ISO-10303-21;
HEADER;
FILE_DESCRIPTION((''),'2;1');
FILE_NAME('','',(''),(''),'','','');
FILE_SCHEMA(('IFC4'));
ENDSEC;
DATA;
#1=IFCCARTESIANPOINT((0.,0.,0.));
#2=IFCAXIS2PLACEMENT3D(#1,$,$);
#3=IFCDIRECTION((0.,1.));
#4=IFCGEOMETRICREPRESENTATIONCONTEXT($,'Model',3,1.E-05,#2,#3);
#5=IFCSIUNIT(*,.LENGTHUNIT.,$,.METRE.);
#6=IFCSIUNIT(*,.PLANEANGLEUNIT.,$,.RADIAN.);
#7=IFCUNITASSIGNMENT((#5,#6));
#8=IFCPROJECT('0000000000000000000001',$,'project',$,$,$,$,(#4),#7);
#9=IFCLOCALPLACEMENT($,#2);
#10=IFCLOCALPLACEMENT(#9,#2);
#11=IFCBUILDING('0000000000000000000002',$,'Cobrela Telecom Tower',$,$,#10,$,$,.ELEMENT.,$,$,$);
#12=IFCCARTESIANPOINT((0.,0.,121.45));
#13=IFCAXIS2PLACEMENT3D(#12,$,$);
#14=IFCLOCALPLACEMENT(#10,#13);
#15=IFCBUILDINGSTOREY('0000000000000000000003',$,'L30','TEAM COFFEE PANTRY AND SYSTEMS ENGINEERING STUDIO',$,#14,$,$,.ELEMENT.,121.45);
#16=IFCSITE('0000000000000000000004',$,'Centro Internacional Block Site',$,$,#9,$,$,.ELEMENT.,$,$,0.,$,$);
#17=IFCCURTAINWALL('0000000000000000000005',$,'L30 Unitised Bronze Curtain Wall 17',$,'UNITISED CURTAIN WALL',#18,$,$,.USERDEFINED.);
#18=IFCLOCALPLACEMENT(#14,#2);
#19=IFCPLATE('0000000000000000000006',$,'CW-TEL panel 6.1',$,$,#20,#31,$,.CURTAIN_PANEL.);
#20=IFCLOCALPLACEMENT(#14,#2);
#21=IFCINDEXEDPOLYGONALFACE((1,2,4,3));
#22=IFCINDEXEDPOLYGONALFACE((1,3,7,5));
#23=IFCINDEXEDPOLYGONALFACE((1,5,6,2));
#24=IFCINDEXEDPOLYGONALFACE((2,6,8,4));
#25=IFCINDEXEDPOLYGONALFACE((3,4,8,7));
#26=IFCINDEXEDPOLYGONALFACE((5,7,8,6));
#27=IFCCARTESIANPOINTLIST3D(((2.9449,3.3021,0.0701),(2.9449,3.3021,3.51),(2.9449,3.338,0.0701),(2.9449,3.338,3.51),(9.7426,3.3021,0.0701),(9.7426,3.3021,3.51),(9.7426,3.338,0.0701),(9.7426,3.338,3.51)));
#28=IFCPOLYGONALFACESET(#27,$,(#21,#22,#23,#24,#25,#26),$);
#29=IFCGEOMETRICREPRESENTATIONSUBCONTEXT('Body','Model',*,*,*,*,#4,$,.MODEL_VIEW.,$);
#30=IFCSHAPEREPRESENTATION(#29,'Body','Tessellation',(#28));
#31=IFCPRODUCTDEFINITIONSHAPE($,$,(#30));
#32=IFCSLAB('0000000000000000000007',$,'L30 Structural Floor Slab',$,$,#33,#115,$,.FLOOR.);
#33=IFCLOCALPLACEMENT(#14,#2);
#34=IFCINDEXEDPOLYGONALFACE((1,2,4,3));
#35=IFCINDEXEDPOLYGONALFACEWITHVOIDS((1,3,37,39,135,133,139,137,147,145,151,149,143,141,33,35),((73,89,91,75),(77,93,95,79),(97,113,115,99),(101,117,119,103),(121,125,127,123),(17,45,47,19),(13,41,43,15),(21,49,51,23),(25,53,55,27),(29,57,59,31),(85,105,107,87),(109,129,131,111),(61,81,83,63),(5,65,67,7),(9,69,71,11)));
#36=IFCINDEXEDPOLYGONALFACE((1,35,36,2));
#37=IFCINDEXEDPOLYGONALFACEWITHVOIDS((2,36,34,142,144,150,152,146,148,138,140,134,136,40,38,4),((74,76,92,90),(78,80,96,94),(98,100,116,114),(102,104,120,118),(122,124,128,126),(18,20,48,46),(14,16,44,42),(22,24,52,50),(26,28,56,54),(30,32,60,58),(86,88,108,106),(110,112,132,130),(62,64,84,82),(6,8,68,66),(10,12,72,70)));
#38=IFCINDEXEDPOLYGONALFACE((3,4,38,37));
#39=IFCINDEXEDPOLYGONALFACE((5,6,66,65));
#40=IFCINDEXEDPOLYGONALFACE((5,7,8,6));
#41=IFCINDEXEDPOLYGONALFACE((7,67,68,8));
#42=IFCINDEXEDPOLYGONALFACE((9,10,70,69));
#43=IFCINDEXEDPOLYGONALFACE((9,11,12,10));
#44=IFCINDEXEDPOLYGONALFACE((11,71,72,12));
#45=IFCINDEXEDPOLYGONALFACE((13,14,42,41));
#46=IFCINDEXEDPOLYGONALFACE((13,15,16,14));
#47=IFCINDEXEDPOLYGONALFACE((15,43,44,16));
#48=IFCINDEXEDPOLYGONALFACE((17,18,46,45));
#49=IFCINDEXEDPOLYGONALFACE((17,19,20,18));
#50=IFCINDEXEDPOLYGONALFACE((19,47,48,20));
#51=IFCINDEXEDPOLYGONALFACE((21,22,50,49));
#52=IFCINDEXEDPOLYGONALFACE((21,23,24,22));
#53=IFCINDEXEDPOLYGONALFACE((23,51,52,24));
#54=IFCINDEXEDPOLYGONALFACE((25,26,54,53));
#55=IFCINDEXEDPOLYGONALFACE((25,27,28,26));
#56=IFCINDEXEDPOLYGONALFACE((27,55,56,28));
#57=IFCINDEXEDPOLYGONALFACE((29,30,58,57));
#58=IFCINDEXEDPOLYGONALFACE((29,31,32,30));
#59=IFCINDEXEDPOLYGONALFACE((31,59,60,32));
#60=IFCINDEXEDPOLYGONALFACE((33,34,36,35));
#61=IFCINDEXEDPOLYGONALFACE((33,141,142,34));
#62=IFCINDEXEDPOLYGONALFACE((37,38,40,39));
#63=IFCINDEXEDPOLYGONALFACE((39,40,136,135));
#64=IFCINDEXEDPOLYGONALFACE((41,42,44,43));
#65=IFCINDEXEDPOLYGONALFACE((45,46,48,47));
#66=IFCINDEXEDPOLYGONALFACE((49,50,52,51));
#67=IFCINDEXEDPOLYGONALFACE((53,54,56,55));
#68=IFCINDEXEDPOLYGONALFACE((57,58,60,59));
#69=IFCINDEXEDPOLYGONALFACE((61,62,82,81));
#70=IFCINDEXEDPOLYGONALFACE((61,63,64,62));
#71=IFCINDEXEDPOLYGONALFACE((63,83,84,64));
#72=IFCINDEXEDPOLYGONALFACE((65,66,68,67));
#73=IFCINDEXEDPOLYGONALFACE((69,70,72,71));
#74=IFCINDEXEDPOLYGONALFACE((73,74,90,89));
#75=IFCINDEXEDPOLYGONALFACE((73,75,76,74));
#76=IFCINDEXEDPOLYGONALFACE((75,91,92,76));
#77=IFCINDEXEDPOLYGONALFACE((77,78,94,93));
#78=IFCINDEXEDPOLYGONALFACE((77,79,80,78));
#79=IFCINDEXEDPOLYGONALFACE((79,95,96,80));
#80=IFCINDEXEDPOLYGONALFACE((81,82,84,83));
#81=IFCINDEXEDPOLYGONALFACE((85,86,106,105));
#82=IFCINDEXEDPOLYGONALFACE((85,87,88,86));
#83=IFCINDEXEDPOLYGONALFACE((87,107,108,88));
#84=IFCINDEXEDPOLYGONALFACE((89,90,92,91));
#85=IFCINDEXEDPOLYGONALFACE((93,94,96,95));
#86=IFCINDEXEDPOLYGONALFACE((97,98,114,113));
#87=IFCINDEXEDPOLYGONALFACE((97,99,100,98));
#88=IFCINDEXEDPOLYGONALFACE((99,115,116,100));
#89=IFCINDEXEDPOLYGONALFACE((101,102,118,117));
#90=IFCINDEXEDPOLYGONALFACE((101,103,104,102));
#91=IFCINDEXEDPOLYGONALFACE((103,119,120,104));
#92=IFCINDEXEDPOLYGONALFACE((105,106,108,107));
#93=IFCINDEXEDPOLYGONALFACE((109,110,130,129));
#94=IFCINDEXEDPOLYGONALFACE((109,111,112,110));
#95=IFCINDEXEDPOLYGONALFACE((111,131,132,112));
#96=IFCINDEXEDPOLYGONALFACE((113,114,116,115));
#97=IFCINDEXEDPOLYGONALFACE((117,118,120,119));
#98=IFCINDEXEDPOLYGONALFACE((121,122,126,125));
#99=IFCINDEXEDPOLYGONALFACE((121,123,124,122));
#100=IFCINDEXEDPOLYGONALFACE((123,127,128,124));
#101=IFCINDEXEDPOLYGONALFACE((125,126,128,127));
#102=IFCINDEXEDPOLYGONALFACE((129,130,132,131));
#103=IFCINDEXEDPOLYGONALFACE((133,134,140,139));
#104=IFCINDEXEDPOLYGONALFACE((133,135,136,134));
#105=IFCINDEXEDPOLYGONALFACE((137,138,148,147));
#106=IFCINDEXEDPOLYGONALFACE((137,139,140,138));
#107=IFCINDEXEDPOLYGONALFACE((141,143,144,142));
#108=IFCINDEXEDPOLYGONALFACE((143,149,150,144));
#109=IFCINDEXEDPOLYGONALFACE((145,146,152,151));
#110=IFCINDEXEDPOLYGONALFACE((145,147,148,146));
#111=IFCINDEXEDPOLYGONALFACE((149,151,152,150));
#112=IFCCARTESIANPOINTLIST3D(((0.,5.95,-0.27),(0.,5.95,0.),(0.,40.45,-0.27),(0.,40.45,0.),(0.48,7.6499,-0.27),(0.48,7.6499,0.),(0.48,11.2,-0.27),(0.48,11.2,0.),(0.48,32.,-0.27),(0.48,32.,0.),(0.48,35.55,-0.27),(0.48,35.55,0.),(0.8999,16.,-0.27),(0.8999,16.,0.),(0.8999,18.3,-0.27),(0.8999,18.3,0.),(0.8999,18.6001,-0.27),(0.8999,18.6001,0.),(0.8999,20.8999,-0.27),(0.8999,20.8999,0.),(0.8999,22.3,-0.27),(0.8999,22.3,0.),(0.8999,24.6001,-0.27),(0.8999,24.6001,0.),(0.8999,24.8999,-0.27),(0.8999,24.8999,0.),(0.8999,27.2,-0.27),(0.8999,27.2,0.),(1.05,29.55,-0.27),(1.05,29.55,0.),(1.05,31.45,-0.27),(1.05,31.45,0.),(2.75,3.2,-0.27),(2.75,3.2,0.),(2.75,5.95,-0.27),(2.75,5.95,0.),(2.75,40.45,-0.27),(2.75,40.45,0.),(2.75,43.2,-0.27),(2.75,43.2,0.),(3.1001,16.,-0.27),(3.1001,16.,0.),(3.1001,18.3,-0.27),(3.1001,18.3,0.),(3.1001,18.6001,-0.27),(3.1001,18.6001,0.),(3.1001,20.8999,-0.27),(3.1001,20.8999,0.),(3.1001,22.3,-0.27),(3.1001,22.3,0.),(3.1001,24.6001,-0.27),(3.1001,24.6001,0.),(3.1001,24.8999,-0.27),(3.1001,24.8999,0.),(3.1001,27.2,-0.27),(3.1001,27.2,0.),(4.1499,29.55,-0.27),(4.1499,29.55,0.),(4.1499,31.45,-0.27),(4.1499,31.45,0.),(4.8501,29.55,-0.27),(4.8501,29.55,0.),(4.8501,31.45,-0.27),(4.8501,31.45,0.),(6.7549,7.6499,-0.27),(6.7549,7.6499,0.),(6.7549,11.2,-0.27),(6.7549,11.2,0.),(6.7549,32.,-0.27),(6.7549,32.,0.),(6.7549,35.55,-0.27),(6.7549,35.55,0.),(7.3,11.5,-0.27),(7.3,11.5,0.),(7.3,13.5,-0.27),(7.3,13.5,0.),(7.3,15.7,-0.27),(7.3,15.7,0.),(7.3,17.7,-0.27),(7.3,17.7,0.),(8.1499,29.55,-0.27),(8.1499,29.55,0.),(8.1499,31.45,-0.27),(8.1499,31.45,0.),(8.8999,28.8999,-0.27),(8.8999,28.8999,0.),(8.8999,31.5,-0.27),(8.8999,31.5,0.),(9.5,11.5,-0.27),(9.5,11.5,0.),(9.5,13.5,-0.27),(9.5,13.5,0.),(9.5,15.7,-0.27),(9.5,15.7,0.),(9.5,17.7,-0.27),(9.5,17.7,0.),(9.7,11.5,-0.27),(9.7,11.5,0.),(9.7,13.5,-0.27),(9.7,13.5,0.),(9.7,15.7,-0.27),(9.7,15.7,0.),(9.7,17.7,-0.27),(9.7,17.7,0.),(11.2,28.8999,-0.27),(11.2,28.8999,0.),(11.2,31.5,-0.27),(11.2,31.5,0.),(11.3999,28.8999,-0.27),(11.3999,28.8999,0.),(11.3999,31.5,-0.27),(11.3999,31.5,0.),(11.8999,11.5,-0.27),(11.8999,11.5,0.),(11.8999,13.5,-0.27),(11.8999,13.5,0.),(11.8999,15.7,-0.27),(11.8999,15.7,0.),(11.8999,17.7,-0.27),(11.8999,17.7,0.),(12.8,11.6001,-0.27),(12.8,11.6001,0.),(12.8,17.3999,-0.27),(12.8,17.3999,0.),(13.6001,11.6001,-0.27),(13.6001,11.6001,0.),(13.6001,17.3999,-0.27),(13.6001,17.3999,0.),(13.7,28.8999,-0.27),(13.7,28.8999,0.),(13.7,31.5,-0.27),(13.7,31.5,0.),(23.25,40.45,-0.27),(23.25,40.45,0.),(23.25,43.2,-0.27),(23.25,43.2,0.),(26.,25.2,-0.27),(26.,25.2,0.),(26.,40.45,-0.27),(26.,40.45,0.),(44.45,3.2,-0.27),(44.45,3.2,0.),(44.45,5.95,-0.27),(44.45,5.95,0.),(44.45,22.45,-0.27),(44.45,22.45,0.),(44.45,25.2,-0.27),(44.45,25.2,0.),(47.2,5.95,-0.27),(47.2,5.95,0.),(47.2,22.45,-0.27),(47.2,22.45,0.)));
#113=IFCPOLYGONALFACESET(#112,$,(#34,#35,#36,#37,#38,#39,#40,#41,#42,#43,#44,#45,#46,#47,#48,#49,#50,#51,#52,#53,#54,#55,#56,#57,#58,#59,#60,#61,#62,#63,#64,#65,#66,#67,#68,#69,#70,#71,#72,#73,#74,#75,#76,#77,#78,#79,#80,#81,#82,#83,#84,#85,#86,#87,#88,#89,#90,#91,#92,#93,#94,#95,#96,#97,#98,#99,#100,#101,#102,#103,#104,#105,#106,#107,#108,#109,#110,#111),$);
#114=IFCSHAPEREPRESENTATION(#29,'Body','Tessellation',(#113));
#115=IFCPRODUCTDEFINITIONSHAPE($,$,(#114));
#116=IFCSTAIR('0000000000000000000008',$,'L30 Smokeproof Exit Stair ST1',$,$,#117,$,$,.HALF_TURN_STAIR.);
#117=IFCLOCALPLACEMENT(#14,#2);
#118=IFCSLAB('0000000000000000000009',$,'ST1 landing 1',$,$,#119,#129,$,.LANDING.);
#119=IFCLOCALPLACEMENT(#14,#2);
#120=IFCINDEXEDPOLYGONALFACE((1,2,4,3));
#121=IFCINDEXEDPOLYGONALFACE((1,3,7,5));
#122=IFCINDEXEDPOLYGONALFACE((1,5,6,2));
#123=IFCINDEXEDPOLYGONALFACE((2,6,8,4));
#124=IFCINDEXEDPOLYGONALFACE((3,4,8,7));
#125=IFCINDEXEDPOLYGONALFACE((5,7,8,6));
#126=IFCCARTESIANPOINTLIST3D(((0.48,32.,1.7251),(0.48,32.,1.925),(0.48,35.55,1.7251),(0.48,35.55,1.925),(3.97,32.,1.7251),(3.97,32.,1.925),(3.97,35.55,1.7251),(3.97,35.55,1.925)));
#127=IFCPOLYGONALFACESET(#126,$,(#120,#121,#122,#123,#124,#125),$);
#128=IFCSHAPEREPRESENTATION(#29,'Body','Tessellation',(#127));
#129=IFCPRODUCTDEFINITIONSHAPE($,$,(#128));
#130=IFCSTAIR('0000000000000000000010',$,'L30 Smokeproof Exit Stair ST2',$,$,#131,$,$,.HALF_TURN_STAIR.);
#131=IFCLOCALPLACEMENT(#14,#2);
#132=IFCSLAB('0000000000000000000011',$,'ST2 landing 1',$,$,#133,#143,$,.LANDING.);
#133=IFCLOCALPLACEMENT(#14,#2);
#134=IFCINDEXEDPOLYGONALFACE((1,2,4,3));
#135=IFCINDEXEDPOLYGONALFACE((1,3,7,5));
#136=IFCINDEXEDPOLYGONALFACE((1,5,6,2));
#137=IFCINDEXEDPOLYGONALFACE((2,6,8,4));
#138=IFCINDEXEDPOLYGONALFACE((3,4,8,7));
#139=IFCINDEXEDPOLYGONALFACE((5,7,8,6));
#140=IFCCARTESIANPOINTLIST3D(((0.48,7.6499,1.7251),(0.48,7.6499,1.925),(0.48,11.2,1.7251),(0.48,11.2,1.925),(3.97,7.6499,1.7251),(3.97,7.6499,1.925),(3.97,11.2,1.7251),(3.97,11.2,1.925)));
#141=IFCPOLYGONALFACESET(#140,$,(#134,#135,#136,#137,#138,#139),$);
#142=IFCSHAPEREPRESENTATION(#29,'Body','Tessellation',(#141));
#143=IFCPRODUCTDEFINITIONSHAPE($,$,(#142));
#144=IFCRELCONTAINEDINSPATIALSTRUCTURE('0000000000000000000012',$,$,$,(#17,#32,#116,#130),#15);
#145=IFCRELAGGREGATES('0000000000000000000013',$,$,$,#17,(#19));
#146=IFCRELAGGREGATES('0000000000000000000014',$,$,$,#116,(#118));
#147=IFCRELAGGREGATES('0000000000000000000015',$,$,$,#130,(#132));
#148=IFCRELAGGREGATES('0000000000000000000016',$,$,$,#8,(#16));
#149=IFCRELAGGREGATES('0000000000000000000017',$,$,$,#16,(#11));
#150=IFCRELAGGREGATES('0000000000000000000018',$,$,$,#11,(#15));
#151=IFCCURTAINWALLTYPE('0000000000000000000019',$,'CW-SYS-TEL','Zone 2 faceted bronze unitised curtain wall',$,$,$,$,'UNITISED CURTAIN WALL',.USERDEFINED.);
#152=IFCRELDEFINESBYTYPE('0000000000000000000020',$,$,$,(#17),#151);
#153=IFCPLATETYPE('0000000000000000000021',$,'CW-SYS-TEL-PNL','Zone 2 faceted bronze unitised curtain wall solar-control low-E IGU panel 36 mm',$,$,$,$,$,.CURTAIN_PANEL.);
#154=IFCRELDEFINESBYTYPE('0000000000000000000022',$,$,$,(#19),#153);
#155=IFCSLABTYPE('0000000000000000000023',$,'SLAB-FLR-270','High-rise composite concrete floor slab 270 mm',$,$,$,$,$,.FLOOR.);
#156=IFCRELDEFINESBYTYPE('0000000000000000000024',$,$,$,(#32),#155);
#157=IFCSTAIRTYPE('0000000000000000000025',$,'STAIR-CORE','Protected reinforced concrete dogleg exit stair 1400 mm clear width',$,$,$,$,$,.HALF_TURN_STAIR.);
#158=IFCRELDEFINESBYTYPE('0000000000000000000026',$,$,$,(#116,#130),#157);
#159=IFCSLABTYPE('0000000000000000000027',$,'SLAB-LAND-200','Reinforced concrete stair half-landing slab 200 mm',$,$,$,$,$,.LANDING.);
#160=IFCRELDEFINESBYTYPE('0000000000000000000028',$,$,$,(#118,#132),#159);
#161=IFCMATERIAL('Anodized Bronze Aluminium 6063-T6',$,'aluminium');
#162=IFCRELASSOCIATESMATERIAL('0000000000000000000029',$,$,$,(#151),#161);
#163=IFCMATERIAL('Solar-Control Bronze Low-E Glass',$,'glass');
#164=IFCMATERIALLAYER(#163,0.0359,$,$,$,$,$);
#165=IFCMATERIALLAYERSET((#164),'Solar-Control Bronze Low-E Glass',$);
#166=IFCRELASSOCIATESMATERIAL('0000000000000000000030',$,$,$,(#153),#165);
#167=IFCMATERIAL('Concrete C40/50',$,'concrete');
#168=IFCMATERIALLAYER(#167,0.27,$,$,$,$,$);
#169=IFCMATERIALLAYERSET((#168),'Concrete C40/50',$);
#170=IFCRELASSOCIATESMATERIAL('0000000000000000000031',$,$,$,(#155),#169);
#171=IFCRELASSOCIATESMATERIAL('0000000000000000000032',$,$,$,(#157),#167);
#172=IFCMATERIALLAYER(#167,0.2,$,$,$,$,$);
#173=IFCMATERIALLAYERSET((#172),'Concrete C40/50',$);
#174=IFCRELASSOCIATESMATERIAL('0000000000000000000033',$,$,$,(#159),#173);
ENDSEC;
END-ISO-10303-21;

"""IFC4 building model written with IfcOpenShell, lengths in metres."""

from ifc_helpers import new_model, si_unit, direction, frame, origin, origin_2d, place, context, subcontext, project, spatial, polyline, rectangle, outline, extrude, material, layer, layer_set, type_object, element, aggregate, save


model = new_model("IFC4")

# Units and contexts
model_context = context("Model", 3, precision=1e-05, world=origin(), true_north=direction((0.0, 1.0)))
body_context = subcontext(model_context, "Body", "Model", "MODEL_VIEW")
ifc_project = project(units=[si_unit("LENGTHUNIT", "METRE"), si_unit("PLANEANGLEUNIT", "RADIAN")], contexts=[model_context])

# Site, building, storey
site_placement = place(None, origin())
site = spatial("IfcSite", under=ifc_project, at=site_placement, Name="Centro Internacional Block Site", CompositionType="ELEMENT", RefElevation=0.0)
building_placement = place(site_placement, origin())
building = spatial("IfcBuilding", under=site, at=building_placement, Name="Cobrela Telecom Tower", CompositionType="ELEMENT")
storey_placement = place(building_placement, frame((0.0, 0.0, 121.45)))
storey = spatial("IfcBuildingStorey", under=building, at=storey_placement, Name="L30", Description="TEAM COFFEE PANTRY AND SYSTEMS ENGINEERING STUDIO", CompositionType="ELEMENT", Elevation=121.45)

# Curtain wall, plate
ifc_material_1 = material(Name="Anodized Bronze Aluminium 6063-T6", Category="aluminium")
curtain_wall_type = type_object("IfcCurtainWallType", Name="CW-SYS-TEL", Description="Zone 2 faceted bronze unitised curtain wall", ElementType="UNITISED CURTAIN WALL", PredefinedType="USERDEFINED", material=ifc_material_1)
curtain_wall_placement = place(storey_placement, origin())
curtain_wall = element("IfcCurtainWall", 1, at=curtain_wall_placement, inside=storey, type_object=curtain_wall_type, Name="L30 Unitised Bronze Curtain Wall 17", ObjectType="UNITISED CURTAIN WALL", PredefinedType="USERDEFINED")
ifc_material_2 = material(Name="Solar-Control Bronze Low-E Glass", Category="glass")
ifc_layer_1 = layer(ifc_material_2, 0.0359)
ifc_layer_set_1 = layer_set([ifc_layer_1], Name="Solar-Control Bronze Low-E Glass")
plate_type = type_object("IfcPlateType", Name="CW-SYS-TEL-PNL", Description="Zone 2 faceted bronze unitised curtain wall solar-control low-E IGU panel 36 mm", PredefinedType="CURTAIN_PANEL", material=ifc_layer_set_1)
plate_placement = place(storey_placement, frame((6.3438, 3.3201, 0.0701), z_axis=(0.0, 0.0, 1.0), x_axis=(-1.0, 0.0, 0.0)))
plate = element("IfcPlate", 2, at=plate_placement, type_object=plate_type, Name="CW-TEL panel 6.1", PredefinedType="CURTAIN_PANEL", context=body_context, shape_type="SweptSolid", body=[
    extrude(rectangle(XDim=6.7976, YDim=0.0359, at=origin_2d()), origin(), (0.0, 0.0, 1.0), 3.4399),
])
aggregate(curtain_wall, [plate])

# Slab, openings
ifc_material_3 = material(Name="Concrete C40/50", Category="concrete")
ifc_layer_2 = layer(ifc_material_3, 0.27)
ifc_layer_set_2 = layer_set([ifc_layer_2], Name="Concrete C40/50")
slab_type_1 = type_object("IfcSlabType", Name="SLAB-FLR-270", Description="High-rise composite concrete floor slab 270 mm", PredefinedType="FLOOR", material=ifc_layer_set_2)
slab_1_placement = place(storey_placement, frame((0.0, 0.0, -0.27)))
slab_1 = element("IfcSlab", 3, at=slab_1_placement, inside=storey, type_object=slab_type_1, Name="L30 Structural Floor Slab", PredefinedType="FLOOR", context=body_context, shape_type="SweptSolid", body=[
    extrude(outline(polyline([(2.75, 3.2), (44.45, 3.2), (44.45, 5.95), (47.2, 5.95), (47.2, 22.45), (44.45, 22.45), (44.45, 25.2), (26.0, 25.2), (26.0, 40.45), (23.25, 40.45), (23.25, 43.2), (2.75, 43.2), (2.75, 40.45), (0.0, 40.45), (0.0, 5.95), (2.75, 5.95), (2.75, 3.2)])), origin(), (0.0, 0.0, 1.0), 0.27),
])
opening_1_placement = place(slab_1_placement, frame((0.0, 0.0, -0.02)))
element("IfcOpeningElement", 4, at=opening_1_placement, cuts=slab_1, PredefinedType="OPENING", context=body_context, shape_type="SweptSolid", body=[
    extrude(outline(polyline([(8.8999, 28.8999), (11.2, 28.8999), (11.2, 31.5), (8.8999, 31.5), (8.8999, 28.8999)])), origin(), (0.0, 0.0, 1.0), 0.3101),
])
opening_2_placement = place(slab_1_placement, frame((0.0, 0.0, -0.02)))
element("IfcOpeningElement", 5, at=opening_2_placement, cuts=slab_1, PredefinedType="OPENING", context=body_context, shape_type="SweptSolid", body=[
    extrude(outline(polyline([(11.3999, 28.8999), (13.7, 28.8999), (13.7, 31.5), (11.3999, 31.5), (11.3999, 28.8999)])), origin(), (0.0, 0.0, 1.0), 0.3101),
])
opening_3_placement = place(slab_1_placement, frame((0.0, 0.0, -0.02)))
element("IfcOpeningElement", 6, at=opening_3_placement, cuts=slab_1, PredefinedType="OPENING", context=body_context, shape_type="SweptSolid", body=[
    extrude(outline(polyline([(7.3, 15.7), (9.5, 15.7), (9.5, 17.7), (7.3, 17.7), (7.3, 15.7)])), origin(), (0.0, 0.0, 1.0), 0.3101),
])
opening_4_placement = place(slab_1_placement, frame((0.0, 0.0, -0.02)))
element("IfcOpeningElement", 7, at=opening_4_placement, cuts=slab_1, PredefinedType="OPENING", context=body_context, shape_type="SweptSolid", body=[
    extrude(outline(polyline([(9.7, 15.7), (11.8999, 15.7), (11.8999, 17.7), (9.7, 17.7), (9.7, 15.7)])), origin(), (0.0, 0.0, 1.0), 0.3101),
])
opening_5_placement = place(slab_1_placement, frame((0.0, 0.0, -0.02)))
element("IfcOpeningElement", 8, at=opening_5_placement, cuts=slab_1, PredefinedType="OPENING", context=body_context, shape_type="SweptSolid", body=[
    extrude(outline(polyline([(7.3, 11.5), (9.5, 11.5), (9.5, 13.5), (7.3, 13.5), (7.3, 11.5)])), origin(), (0.0, 0.0, 1.0), 0.3101),
])
opening_6_placement = place(slab_1_placement, frame((0.0, 0.0, -0.02)))
element("IfcOpeningElement", 9, at=opening_6_placement, cuts=slab_1, PredefinedType="OPENING", context=body_context, shape_type="SweptSolid", body=[
    extrude(outline(polyline([(9.7, 11.5), (11.8999, 11.5), (11.8999, 13.5), (9.7, 13.5), (9.7, 11.5)])), origin(), (0.0, 0.0, 1.0), 0.3101),
])
opening_7_placement = place(slab_1_placement, frame((0.0, 0.0, -0.02)))
element("IfcOpeningElement", 10, at=opening_7_placement, cuts=slab_1, PredefinedType="OPENING", context=body_context, shape_type="SweptSolid", body=[
    extrude(outline(polyline([(0.8999, 16.0), (3.1001, 16.0), (3.1001, 18.3), (0.8999, 18.3), (0.8999, 16.0)])), origin(), (0.0, 0.0, 1.0), 0.3101),
])
opening_8_placement = place(slab_1_placement, frame((0.0, 0.0, -0.02)))
element("IfcOpeningElement", 11, at=opening_8_placement, cuts=slab_1, PredefinedType="OPENING", context=body_context, shape_type="SweptSolid", body=[
    extrude(outline(polyline([(0.8999, 18.6001), (3.1001, 18.6001), (3.1001, 20.8999), (0.8999, 20.8999), (0.8999, 18.6001)])), origin(), (0.0, 0.0, 1.0), 0.3101),
])
opening_9_placement = place(slab_1_placement, frame((0.0, 0.0, -0.02)))
element("IfcOpeningElement", 12, at=opening_9_placement, cuts=slab_1, PredefinedType="OPENING", context=body_context, shape_type="SweptSolid", body=[
    extrude(outline(polyline([(0.8999, 22.3), (3.1001, 22.3), (3.1001, 24.6001), (0.8999, 24.6001), (0.8999, 22.3)])), origin(), (0.0, 0.0, 1.0), 0.3101),
])
opening_10_placement = place(slab_1_placement, frame((0.0, 0.0, -0.02)))
element("IfcOpeningElement", 13, at=opening_10_placement, cuts=slab_1, PredefinedType="OPENING", context=body_context, shape_type="SweptSolid", body=[
    extrude(outline(polyline([(0.8999, 24.8999), (3.1001, 24.8999), (3.1001, 27.2), (0.8999, 27.2), (0.8999, 24.8999)])), origin(), (0.0, 0.0, 1.0), 0.3101),
])
opening_11_placement = place(slab_1_placement, frame((0.0, 0.0, -0.02)))
element("IfcOpeningElement", 14, at=opening_11_placement, cuts=slab_1, PredefinedType="OPENING", context=body_context, shape_type="SweptSolid", body=[
    extrude(outline(polyline([(1.05, 29.55), (4.1499, 29.55), (4.1499, 31.45), (1.05, 31.45), (1.05, 29.55)])), origin(), (0.0, 0.0, 1.0), 0.3101),
])
opening_12_placement = place(slab_1_placement, frame((0.0, 0.0, -0.02)))
element("IfcOpeningElement", 15, at=opening_12_placement, cuts=slab_1, PredefinedType="OPENING", context=body_context, shape_type="SweptSolid", body=[
    extrude(outline(polyline([(4.8501, 29.55), (8.1499, 29.55), (8.1499, 31.45), (4.8501, 31.45), (4.8501, 29.55)])), origin(), (0.0, 0.0, 1.0), 0.3101),
])
opening_13_placement = place(slab_1_placement, frame((0.0, 0.0, -0.02)))
element("IfcOpeningElement", 16, at=opening_13_placement, cuts=slab_1, PredefinedType="OPENING", context=body_context, shape_type="SweptSolid", body=[
    extrude(outline(polyline([(12.8, 11.6001), (13.6001, 11.6001), (13.6001, 17.3999), (12.8, 17.3999), (12.8, 11.6001)])), origin(), (0.0, 0.0, 1.0), 0.3101),
])
opening_14_placement = place(slab_1_placement, frame((0.0, 0.0, -0.02)))
element("IfcOpeningElement", 17, at=opening_14_placement, cuts=slab_1, PredefinedType="OPENING", context=body_context, shape_type="SweptSolid", body=[
    extrude(outline(polyline([(6.7549, 35.55), (0.48, 35.55), (0.48, 32.0), (6.7549, 32.0), (6.7549, 35.55)])), origin(), (0.0, 0.0, 1.0), 0.3101),
])
opening_15_placement = place(slab_1_placement, frame((0.0, 0.0, -0.02)))
element("IfcOpeningElement", 18, at=opening_15_placement, cuts=slab_1, PredefinedType="OPENING", context=body_context, shape_type="SweptSolid", body=[
    extrude(outline(polyline([(6.7549, 11.2), (0.48, 11.2), (0.48, 7.6499), (6.7549, 7.6499), (6.7549, 11.2)])), origin(), (0.0, 0.0, 1.0), 0.3101),
])

# Stairs, slabs
stair_type = type_object("IfcStairType", Name="STAIR-CORE", Description="Protected reinforced concrete dogleg exit stair 1400 mm clear width", PredefinedType="HALF_TURN_STAIR", material=ifc_material_3)
stair_1_placement = place(storey_placement, origin())
stair_1 = element("IfcStair", 19, at=stair_1_placement, inside=storey, type_object=stair_type, Name="L30 Smokeproof Exit Stair ST1", PredefinedType="HALF_TURN_STAIR")
ifc_layer_3 = layer(ifc_material_3, 0.2)
ifc_layer_set_3 = layer_set([ifc_layer_3], Name="Concrete C40/50")
slab_type_2 = type_object("IfcSlabType", Name="SLAB-LAND-200", Description="Reinforced concrete stair half-landing slab 200 mm", PredefinedType="LANDING", material=ifc_layer_set_3)
slab_2_placement = place(storey_placement, frame((0.0, 0.0, 1.7251)))
slab_2 = element("IfcSlab", 20, at=slab_2_placement, type_object=slab_type_2, Name="ST1 landing 1", PredefinedType="LANDING", context=body_context, shape_type="SweptSolid", body=[
    extrude(outline(polyline([(3.97, 35.55), (0.48, 35.55), (0.48, 32.0), (3.97, 32.0), (3.97, 35.55)])), origin(), (0.0, 0.0, 1.0), 0.2),
])
aggregate(stair_1, [slab_2])
stair_2_placement = place(storey_placement, origin())
stair_2 = element("IfcStair", 21, at=stair_2_placement, inside=storey, type_object=stair_type, Name="L30 Smokeproof Exit Stair ST2", PredefinedType="HALF_TURN_STAIR")
slab_3_placement = place(storey_placement, frame((0.0, 0.0, 1.7251)))
slab_3 = element("IfcSlab", 22, at=slab_3_placement, type_object=slab_type_2, Name="ST2 landing 1", PredefinedType="LANDING", context=body_context, shape_type="SweptSolid", body=[
    extrude(outline(polyline([(3.97, 11.2), (0.48, 11.2), (0.48, 7.6499), (3.97, 7.6499), (3.97, 11.2)])), origin(), (0.0, 0.0, 1.0), 0.2),
])

aggregate(stair_2, [slab_3])

save(model, "model.ifc")
